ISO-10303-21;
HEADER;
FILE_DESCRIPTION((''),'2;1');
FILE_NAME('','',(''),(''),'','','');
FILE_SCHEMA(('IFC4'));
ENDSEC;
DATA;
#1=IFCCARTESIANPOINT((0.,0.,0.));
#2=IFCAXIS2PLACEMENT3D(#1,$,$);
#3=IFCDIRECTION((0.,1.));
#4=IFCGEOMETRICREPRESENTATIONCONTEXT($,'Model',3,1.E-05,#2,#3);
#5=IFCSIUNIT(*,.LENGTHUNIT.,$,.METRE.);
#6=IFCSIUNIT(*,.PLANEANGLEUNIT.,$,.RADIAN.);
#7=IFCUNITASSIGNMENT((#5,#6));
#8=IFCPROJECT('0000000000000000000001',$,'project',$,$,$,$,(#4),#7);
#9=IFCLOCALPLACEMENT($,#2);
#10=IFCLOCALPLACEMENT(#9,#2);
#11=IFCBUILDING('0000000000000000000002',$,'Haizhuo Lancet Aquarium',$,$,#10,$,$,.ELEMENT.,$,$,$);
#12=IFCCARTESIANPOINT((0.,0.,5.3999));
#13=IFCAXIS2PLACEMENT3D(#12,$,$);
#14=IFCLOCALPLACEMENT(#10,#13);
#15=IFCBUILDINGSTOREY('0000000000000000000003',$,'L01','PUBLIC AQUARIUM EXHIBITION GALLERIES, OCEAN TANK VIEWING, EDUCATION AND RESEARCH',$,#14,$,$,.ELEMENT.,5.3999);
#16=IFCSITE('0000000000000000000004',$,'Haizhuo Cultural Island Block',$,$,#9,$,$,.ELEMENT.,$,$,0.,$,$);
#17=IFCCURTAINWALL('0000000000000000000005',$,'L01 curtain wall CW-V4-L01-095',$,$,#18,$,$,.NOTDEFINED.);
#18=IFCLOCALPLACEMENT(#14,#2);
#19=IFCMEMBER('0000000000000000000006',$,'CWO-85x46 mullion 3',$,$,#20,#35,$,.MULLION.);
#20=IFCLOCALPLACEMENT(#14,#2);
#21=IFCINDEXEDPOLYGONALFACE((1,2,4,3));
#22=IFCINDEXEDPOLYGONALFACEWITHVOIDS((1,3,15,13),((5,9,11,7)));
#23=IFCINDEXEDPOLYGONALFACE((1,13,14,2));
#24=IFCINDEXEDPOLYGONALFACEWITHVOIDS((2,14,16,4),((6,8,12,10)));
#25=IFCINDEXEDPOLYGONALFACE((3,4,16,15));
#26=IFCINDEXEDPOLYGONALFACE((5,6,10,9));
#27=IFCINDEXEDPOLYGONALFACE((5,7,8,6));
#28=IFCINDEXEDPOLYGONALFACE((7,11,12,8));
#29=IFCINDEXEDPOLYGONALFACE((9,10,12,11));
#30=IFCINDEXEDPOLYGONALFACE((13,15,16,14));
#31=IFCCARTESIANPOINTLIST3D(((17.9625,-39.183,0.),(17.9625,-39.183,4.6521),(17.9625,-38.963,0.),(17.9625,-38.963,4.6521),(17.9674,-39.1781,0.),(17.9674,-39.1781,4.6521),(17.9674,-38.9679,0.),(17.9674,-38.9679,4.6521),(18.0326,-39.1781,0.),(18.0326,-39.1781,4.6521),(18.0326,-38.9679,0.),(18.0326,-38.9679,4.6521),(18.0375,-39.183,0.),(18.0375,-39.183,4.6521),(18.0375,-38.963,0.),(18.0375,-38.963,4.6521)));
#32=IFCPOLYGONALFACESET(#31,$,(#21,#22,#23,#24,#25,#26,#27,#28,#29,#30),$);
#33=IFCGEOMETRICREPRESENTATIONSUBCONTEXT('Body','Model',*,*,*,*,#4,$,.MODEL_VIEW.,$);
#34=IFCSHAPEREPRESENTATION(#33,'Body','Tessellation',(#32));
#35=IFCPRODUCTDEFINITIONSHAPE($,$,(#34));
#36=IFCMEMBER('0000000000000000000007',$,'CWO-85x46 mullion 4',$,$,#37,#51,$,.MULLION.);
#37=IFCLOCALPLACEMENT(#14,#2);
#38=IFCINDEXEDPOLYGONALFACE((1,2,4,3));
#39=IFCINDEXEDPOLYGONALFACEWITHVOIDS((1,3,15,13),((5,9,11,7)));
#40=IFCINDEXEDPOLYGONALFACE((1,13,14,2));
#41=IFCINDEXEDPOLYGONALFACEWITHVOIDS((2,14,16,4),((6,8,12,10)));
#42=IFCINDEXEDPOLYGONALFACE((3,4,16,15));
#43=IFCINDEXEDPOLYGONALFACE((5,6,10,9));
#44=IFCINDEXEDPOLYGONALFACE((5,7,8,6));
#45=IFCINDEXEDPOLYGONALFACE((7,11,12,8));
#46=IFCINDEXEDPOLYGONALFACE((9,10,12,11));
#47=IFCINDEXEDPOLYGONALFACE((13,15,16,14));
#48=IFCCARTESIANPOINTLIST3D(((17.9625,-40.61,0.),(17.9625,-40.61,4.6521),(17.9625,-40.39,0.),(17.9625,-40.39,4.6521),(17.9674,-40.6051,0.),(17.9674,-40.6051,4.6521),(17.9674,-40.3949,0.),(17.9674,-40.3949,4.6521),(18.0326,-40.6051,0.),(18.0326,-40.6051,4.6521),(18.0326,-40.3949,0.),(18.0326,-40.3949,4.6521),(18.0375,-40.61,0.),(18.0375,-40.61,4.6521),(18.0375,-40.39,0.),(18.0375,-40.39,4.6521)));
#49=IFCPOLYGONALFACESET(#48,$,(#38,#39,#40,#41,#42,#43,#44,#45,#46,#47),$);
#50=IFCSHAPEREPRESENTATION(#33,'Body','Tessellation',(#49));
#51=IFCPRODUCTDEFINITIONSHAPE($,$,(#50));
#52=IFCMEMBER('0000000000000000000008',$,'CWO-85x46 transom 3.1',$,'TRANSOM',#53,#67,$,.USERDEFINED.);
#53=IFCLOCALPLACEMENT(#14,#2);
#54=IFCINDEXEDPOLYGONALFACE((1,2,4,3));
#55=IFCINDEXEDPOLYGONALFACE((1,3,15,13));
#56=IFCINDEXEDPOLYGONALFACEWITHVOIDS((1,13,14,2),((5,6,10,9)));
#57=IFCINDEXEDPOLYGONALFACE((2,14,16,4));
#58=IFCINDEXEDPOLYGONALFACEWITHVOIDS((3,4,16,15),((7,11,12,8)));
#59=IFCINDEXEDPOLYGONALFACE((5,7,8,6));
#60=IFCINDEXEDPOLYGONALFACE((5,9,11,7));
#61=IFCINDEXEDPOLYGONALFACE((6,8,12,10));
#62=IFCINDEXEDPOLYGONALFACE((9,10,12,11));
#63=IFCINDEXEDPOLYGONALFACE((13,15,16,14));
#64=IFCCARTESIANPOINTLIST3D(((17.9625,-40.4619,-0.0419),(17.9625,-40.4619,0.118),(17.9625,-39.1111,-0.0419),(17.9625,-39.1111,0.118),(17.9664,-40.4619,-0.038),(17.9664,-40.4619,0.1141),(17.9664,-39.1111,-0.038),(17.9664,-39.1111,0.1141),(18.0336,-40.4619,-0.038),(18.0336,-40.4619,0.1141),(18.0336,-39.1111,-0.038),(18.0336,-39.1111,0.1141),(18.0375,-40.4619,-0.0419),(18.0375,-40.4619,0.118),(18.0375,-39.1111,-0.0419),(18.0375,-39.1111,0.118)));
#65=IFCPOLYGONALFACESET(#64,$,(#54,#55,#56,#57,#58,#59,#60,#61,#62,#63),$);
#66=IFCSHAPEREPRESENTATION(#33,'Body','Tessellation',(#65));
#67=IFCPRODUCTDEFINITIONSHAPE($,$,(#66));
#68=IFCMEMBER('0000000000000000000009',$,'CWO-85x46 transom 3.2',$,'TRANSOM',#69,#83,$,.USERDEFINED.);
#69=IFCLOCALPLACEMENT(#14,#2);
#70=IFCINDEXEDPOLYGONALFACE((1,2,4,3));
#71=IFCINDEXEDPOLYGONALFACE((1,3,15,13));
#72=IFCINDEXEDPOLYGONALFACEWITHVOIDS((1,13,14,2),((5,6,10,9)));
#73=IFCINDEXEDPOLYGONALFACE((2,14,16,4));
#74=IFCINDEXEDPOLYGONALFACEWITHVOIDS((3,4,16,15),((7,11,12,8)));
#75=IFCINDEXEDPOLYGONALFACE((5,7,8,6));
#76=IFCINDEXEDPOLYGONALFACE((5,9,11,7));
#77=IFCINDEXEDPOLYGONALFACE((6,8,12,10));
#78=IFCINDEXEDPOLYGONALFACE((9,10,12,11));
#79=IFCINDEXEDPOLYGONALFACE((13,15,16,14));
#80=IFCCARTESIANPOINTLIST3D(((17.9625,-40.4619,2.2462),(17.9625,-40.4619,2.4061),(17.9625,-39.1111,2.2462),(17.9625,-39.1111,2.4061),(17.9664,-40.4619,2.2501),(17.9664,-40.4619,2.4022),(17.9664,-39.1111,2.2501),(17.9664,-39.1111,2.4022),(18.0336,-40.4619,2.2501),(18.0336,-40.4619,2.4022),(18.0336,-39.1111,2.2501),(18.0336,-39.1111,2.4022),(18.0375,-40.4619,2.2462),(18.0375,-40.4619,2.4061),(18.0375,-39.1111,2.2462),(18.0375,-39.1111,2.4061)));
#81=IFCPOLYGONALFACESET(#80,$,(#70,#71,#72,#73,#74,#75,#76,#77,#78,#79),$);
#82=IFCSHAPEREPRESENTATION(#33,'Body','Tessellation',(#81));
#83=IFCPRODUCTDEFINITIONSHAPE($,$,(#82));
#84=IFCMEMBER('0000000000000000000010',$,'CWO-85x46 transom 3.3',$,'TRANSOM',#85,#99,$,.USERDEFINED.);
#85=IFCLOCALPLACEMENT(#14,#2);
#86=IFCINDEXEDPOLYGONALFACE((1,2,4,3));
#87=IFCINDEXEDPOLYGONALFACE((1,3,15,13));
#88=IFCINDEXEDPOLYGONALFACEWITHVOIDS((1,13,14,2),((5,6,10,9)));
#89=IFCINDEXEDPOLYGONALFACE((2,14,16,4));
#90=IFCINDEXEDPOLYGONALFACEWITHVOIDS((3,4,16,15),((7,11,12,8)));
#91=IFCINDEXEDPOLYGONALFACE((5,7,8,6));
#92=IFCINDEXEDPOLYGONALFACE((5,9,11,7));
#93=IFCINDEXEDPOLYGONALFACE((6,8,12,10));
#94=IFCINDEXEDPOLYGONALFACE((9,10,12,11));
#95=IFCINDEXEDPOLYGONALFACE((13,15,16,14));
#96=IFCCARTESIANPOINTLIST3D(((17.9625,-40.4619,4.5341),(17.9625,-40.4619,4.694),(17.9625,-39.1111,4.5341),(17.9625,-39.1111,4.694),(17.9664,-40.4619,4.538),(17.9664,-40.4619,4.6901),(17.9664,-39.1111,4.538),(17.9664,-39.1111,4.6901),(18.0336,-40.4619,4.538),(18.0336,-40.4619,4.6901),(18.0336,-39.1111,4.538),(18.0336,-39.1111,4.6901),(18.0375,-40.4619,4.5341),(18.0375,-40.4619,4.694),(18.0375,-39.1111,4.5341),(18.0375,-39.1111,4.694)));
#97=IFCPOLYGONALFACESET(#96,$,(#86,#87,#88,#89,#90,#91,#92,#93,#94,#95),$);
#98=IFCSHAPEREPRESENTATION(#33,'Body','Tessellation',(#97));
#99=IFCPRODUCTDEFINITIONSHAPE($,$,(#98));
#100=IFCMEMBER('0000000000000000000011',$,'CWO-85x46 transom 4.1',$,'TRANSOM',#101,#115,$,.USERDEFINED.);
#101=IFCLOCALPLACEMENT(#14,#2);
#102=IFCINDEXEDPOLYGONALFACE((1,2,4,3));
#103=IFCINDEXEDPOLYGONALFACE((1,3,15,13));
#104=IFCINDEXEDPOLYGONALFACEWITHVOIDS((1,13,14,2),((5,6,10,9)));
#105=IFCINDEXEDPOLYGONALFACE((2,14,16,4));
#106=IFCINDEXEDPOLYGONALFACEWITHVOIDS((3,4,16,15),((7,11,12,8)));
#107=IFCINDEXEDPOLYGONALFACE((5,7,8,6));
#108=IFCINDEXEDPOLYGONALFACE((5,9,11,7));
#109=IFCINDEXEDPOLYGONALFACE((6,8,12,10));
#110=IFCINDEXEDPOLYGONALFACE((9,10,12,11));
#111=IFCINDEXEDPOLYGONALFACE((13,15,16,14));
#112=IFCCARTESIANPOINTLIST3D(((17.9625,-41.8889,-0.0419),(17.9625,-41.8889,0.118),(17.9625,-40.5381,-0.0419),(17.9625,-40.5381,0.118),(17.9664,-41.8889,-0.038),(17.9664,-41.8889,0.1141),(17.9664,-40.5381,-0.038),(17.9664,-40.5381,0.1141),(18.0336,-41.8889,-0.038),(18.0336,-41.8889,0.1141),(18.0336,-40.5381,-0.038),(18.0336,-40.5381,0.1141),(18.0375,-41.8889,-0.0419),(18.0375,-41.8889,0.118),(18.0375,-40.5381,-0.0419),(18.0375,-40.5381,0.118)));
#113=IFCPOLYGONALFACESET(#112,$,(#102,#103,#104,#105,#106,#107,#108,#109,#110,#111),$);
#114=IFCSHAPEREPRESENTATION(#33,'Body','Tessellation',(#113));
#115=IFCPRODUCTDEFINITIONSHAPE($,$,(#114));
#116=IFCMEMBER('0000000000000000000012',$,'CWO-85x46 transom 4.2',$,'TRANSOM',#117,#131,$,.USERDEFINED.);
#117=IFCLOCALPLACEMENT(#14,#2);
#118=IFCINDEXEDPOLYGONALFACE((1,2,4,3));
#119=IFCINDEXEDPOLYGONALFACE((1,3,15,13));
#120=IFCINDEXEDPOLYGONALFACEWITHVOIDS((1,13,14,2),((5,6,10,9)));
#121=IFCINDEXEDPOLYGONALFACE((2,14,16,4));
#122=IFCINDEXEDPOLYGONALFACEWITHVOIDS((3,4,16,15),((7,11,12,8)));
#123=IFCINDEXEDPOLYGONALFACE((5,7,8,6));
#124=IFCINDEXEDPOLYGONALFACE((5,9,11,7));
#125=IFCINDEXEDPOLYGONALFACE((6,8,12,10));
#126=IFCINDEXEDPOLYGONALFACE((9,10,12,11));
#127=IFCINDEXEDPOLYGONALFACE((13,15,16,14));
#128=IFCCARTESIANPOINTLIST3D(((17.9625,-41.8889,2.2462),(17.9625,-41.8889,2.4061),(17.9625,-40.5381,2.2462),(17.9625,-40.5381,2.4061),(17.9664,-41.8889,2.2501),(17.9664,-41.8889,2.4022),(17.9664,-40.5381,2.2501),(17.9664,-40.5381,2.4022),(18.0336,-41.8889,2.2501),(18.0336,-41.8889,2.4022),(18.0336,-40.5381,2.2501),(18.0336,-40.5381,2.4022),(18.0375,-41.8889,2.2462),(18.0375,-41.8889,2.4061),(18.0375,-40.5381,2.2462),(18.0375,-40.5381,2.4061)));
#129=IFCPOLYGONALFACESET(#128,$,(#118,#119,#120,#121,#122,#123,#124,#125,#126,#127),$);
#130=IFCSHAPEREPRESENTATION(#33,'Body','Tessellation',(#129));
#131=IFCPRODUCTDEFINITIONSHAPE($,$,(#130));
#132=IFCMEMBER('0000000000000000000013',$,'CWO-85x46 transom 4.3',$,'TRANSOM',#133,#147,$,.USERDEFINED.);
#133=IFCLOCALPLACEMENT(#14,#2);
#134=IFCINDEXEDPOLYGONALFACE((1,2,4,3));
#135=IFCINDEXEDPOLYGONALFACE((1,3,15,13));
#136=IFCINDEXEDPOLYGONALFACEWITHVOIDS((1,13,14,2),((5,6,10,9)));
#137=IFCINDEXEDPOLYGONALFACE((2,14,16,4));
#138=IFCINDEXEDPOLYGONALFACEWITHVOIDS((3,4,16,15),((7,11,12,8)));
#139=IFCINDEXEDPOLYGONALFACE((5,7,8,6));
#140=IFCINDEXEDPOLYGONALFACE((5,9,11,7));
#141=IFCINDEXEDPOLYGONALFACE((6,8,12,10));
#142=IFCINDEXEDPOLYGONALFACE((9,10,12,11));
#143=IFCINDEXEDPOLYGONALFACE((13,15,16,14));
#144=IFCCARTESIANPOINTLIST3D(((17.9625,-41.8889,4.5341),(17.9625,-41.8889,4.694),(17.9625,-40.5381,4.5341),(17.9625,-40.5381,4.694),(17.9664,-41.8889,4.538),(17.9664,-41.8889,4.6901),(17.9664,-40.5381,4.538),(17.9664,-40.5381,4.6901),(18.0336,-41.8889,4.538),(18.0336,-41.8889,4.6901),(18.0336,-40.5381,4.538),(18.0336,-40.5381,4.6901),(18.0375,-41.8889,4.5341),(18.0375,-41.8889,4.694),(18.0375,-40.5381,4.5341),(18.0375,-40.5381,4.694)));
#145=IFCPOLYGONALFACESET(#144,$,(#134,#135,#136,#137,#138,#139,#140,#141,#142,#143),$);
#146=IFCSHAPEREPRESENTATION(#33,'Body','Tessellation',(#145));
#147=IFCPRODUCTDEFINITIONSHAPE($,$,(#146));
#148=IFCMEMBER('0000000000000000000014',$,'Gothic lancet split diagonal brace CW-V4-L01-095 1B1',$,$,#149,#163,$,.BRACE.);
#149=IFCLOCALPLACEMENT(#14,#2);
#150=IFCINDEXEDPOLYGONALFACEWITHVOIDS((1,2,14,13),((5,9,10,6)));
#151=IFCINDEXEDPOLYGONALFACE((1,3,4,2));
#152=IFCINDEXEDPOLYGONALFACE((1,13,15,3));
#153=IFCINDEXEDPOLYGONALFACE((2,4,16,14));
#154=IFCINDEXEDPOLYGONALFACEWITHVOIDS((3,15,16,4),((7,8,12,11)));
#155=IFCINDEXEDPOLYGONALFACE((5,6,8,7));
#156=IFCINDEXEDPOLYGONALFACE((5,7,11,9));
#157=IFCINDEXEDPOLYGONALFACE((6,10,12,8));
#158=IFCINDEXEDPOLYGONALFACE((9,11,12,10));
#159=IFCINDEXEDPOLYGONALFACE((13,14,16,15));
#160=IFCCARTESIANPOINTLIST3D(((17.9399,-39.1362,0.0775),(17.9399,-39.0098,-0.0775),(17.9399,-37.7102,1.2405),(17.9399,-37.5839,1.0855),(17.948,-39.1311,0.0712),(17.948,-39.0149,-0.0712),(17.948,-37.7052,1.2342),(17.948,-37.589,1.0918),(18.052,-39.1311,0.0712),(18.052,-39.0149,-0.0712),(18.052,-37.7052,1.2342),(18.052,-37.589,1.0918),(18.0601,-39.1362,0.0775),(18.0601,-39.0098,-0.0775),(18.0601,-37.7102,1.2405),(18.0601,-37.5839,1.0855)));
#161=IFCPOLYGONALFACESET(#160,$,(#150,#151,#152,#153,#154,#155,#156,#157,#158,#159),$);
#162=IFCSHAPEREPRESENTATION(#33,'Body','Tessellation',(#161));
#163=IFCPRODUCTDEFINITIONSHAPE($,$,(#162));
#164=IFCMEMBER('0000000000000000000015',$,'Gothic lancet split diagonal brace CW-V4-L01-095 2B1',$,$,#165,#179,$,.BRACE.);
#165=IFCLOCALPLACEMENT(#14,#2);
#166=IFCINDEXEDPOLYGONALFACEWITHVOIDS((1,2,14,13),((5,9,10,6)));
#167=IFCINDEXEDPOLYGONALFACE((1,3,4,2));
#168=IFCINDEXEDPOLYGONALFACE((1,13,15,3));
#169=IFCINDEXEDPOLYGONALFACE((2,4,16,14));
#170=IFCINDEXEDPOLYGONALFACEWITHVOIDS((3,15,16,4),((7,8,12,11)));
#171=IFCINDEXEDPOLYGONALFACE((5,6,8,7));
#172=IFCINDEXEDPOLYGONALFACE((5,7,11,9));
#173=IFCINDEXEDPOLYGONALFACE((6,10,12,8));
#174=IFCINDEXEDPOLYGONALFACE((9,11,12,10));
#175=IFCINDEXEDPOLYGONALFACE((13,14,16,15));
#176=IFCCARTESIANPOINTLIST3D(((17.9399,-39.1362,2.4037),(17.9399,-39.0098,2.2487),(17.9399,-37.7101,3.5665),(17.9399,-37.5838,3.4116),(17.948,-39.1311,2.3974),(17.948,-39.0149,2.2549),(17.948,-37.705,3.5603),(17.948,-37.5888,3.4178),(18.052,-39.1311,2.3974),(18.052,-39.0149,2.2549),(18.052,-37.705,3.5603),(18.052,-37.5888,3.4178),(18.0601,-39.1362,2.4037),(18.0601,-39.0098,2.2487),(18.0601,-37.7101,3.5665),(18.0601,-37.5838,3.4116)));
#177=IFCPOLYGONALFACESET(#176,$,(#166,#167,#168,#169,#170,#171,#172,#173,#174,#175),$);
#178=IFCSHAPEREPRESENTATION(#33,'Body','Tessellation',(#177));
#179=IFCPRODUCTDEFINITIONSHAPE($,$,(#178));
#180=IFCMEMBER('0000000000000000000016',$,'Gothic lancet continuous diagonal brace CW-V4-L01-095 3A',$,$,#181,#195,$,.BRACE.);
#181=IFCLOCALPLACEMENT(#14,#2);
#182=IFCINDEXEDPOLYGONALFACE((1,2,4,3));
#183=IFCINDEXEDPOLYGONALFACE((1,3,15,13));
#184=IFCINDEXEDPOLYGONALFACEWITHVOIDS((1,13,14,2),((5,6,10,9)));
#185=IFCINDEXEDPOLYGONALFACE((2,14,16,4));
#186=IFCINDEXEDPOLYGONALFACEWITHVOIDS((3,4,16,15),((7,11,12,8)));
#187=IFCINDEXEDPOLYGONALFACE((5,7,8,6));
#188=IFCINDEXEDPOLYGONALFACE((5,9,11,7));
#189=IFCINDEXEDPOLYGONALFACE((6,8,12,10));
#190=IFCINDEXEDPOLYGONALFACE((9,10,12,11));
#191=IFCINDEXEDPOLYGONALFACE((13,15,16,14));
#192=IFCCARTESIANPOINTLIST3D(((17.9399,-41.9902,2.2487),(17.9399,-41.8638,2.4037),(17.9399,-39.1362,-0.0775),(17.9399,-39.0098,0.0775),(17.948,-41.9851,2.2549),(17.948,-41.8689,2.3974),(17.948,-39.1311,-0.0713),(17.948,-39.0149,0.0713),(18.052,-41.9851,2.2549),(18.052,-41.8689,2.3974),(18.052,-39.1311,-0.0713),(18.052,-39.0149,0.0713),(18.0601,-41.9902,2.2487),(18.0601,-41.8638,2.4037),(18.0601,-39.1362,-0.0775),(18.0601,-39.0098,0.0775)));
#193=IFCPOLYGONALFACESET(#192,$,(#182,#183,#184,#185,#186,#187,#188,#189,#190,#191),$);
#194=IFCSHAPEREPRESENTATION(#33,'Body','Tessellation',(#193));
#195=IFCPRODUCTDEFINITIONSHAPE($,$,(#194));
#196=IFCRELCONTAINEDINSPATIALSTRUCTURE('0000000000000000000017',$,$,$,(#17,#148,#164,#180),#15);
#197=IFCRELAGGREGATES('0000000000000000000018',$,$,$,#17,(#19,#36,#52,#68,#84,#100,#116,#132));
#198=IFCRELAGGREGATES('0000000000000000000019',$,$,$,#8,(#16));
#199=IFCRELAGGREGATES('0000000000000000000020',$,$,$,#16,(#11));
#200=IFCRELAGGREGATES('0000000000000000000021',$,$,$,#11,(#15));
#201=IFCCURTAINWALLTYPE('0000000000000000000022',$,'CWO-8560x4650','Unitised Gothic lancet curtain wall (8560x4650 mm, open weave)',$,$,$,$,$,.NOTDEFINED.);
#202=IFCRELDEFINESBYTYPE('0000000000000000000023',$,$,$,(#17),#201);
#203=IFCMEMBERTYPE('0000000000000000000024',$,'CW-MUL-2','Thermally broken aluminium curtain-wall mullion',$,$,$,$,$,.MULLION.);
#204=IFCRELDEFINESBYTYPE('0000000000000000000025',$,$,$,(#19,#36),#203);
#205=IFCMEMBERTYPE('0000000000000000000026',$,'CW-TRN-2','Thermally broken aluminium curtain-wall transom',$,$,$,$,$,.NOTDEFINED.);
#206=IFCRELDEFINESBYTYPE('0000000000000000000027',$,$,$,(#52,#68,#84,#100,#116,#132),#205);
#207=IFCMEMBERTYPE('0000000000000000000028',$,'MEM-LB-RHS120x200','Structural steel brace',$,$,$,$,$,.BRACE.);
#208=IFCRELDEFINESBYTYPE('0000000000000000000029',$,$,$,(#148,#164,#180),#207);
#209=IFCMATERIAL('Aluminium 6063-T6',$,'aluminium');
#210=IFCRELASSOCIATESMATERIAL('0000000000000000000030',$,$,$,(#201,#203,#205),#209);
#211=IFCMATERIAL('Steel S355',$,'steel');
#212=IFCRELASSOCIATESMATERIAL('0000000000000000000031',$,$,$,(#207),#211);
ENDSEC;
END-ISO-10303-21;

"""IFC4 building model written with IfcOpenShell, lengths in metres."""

from ifc_helpers import new_model, si_unit, direction, frame, origin, origin_2d, place, context, subcontext, project, spatial, hollow_rectangle, extrude, material, material_profile, profile_set, type_object, element, aggregate, save


model = new_model("IFC4")

# Units and contexts
model_context = context("Model", 3, precision=1e-05, world=origin(), true_north=direction((0.0, 1.0)))
body_context = subcontext(model_context, "Body", "Model", "MODEL_VIEW")
ifc_project = project(units=[si_unit("LENGTHUNIT", "METRE"), si_unit("PLANEANGLEUNIT", "RADIAN")], contexts=[model_context])

# Site, building, storey
site_placement = place(None, origin())
site = spatial("IfcSite", under=ifc_project, at=site_placement, Name="Haizhuo Cultural Island Block", CompositionType="ELEMENT", RefElevation=0.0)
building_placement = place(site_placement, origin())
building = spatial("IfcBuilding", under=site, at=building_placement, Name="Haizhuo Lancet Aquarium", CompositionType="ELEMENT")
storey_placement = place(building_placement, frame((0.0, 0.0, 5.3999)))
storey = spatial("IfcBuildingStorey", under=building, at=storey_placement, Name="L01", Description="PUBLIC AQUARIUM EXHIBITION GALLERIES, OCEAN TANK VIEWING, EDUCATION AND RESEARCH", CompositionType="ELEMENT", Elevation=5.3999)

# Curtain wall, members
ifc_material_1 = material(Name="Aluminium 6063-T6", Category="aluminium")
curtain_wall_type = type_object("IfcCurtainWallType", Name="CWO-8560x4650", Description="Unitised Gothic lancet curtain wall (8560x4650 mm, open weave)", PredefinedType="NOTDEFINED", material=ifc_material_1)
curtain_wall_placement = place(storey_placement, origin())
curtain_wall = element("IfcCurtainWall", 1, at=curtain_wall_placement, inside=storey, type_object=curtain_wall_type, Name="L01 curtain wall CW-V4-L01-095", PredefinedType="NOTDEFINED")
ifc_material_profile_1 = material_profile(ifc_material_1, hollow_rectangle(XDim=0.075, YDim=0.22, WallThickness=0.0049, at=origin_2d()), Name="ALU-M 75x220x5")
ifc_profile_set_1 = profile_set([ifc_material_profile_1], Name="Aluminium 6063-T6")
member_type_1 = type_object("IfcMemberType", Name="CW-MUL-2", Description="Thermally broken aluminium curtain-wall mullion", PredefinedType="MULLION", material=ifc_profile_set_1)
member_1_placement = place(storey_placement, frame((18.0, -39.073, 0.0), z_axis=(0.0, 0.0, 1.0), x_axis=(1.0, 0.0, 0.0)))
member_1 = element("IfcMember", 2, at=member_1_placement, type_object=member_type_1, Name="CWO-85x46 mullion 3", PredefinedType="MULLION", context=body_context, shape_type="SweptSolid", body=[
    extrude(hollow_rectangle(XDim=0.075, YDim=0.22, WallThickness=0.0049, at=origin_2d()), origin(), (0.0, 0.0, 1.0), 4.6521),
])
member_2_placement = place(storey_placement, frame((18.0, -40.5, 0.0), z_axis=(0.0, 0.0, 1.0), x_axis=(1.0, 0.0, 0.0)))
member_2 = element("IfcMember", 3, at=member_2_placement, type_object=member_type_1, Name="CWO-85x46 mullion 4", PredefinedType="MULLION", context=body_context, shape_type="SweptSolid", body=[
    extrude(hollow_rectangle(XDim=0.075, YDim=0.22, WallThickness=0.0049, at=origin_2d()), origin(), (0.0, 0.0, 1.0), 4.6521),
])
ifc_material_profile_2 = material_profile(ifc_material_1, hollow_rectangle(XDim=0.075, YDim=0.1599, WallThickness=0.0039, at=origin_2d()), Name="ALU-T 75x160x4")
ifc_profile_set_2 = profile_set([ifc_material_profile_2], Name="Aluminium 6063-T6")
member_type_2 = type_object("IfcMemberType", Name="CW-TRN-2", Description="Thermally broken aluminium curtain-wall transom", PredefinedType="NOTDEFINED", material=ifc_profile_set_2)
member_3_placement = place(storey_placement, frame((18.0, -39.1111, 0.0381), z_axis=(0.0, -1.0, 0.0), x_axis=(1.0, 0.0, 0.0)))
member_3 = element("IfcMember", 4, at=member_3_placement, type_object=member_type_2, Name="CWO-85x46 transom 3.1", ObjectType="TRANSOM", PredefinedType="USERDEFINED", context=body_context, shape_type="SweptSolid", body=[
    extrude(hollow_rectangle(XDim=0.075, YDim=0.1599, WallThickness=0.0039, at=origin_2d()), origin(), (0.0, 0.0, 1.0), 1.3508),
])
member_4_placement = place(storey_placement, frame((18.0, -39.1111, 2.3262), z_axis=(0.0, -1.0, 0.0), x_axis=(1.0, 0.0, 0.0)))
member_4 = element("IfcMember", 5, at=member_4_placement, type_object=member_type_2, Name="CWO-85x46 transom 3.2", ObjectType="TRANSOM", PredefinedType="USERDEFINED", context=body_context, shape_type="SweptSolid", body=[
    extrude(hollow_rectangle(XDim=0.075, YDim=0.1599, WallThickness=0.0039, at=origin_2d()), origin(), (0.0, 0.0, 1.0), 1.3508),
])
member_5_placement = place(storey_placement, frame((18.0, -39.1111, 4.614), z_axis=(0.0, -1.0, 0.0), x_axis=(1.0, 0.0, 0.0)))
member_5 = element("IfcMember", 6, at=member_5_placement, type_object=member_type_2, Name="CWO-85x46 transom 3.3", ObjectType="TRANSOM", PredefinedType="USERDEFINED", context=body_context, shape_type="SweptSolid", body=[
    extrude(hollow_rectangle(XDim=0.075, YDim=0.1599, WallThickness=0.0039, at=origin_2d()), origin(), (0.0, 0.0, 1.0), 1.3508),
])
member_6_placement = place(storey_placement, frame((18.0, -40.5381, 0.0381), z_axis=(0.0, -1.0, 0.0), x_axis=(1.0, 0.0, 0.0)))
member_6 = element("IfcMember", 7, at=member_6_placement, type_object=member_type_2, Name="CWO-85x46 transom 4.1", ObjectType="TRANSOM", PredefinedType="USERDEFINED", context=body_context, shape_type="SweptSolid", body=[
    extrude(hollow_rectangle(XDim=0.075, YDim=0.1599, WallThickness=0.0039, at=origin_2d()), origin(), (0.0, 0.0, 1.0), 1.3508),
])
member_7_placement = place(storey_placement, frame((18.0, -40.5381, 2.3262), z_axis=(0.0, -1.0, 0.0), x_axis=(1.0, 0.0, 0.0)))
member_7 = element("IfcMember", 8, at=member_7_placement, type_object=member_type_2, Name="CWO-85x46 transom 4.2", ObjectType="TRANSOM", PredefinedType="USERDEFINED", context=body_context, shape_type="SweptSolid", body=[
    extrude(hollow_rectangle(XDim=0.075, YDim=0.1599, WallThickness=0.0039, at=origin_2d()), origin(), (0.0, 0.0, 1.0), 1.3508),
])
member_8_placement = place(storey_placement, frame((18.0, -40.5381, 4.614), z_axis=(0.0, -1.0, 0.0), x_axis=(1.0, 0.0, 0.0)))
member_8 = element("IfcMember", 9, at=member_8_placement, type_object=member_type_2, Name="CWO-85x46 transom 4.3", ObjectType="TRANSOM", PredefinedType="USERDEFINED", context=body_context, shape_type="SweptSolid", body=[
    extrude(hollow_rectangle(XDim=0.075, YDim=0.1599, WallThickness=0.0039, at=origin_2d()), origin(), (0.0, 0.0, 1.0), 1.3508),
])

# Members
ifc_material_2 = material(Name="Steel S355", Category="steel")
ifc_material_profile_3 = material_profile(ifc_material_2, hollow_rectangle(XDim=0.1201, YDim=0.2, WallThickness=0.0081, at=origin_2d()), Name="RHS 120x200x8")
ifc_profile_set_3 = profile_set([ifc_material_profile_3], Name="Steel S355")
member_type_3 = type_object("IfcMemberType", Name="MEM-LB-RHS120x200", Description="Structural steel brace", PredefinedType="BRACE", material=ifc_profile_set_3)
for number, where, z_axis, x_axis, name in (
    (10, (18.0, -39.073, 0.0), (0.0, 0.774932, 0.632045), (-1.0, 0.0, 0.0), "Gothic lancet split diagonal brace CW-V4-L01-095 1B1"),
    (11, (18.0, -39.073, 2.3262), (0.0, 0.774997, 0.631965), (-1.0, 0.0, 0.0), "Gothic lancet split diagonal brace CW-V4-L01-095 2B1"),
):
    element("IfcMember", number, at=place(storey_placement, frame(where, z_axis=z_axis, x_axis=x_axis)), inside=storey, type_object=member_type_3, Name=name, PredefinedType="BRACE", context=body_context, shape_type="SweptSolid", body=[
        extrude(hollow_rectangle(XDim=0.1201, YDim=0.2, WallThickness=0.0081, at=origin_2d()), origin(), (0.0, 0.0, 1.0), 1.8401),
    ])
member_9_placement = place(storey_placement, frame((18.0, -39.073, 0.0), z_axis=(0.0, -0.775144, 0.631785), x_axis=(1.0, 0.0, 0.0)))
element("IfcMember", 12, at=member_9_placement, inside=storey, type_object=member_type_3, Name="Gothic lancet continuous diagonal brace CW-V4-L01-095 3A", PredefinedType="BRACE", context=body_context, shape_type="SweptSolid", body=[
    extrude(hollow_rectangle(XDim=0.1201, YDim=0.2, WallThickness=0.0081, at=origin_2d()), origin(), (0.0, 0.0, 1.0), 3.6819),
])

aggregate(curtain_wall, [member_1, member_2, member_3, member_4, member_5, member_6, member_7, member_8])

save(model, "model.ifc")
